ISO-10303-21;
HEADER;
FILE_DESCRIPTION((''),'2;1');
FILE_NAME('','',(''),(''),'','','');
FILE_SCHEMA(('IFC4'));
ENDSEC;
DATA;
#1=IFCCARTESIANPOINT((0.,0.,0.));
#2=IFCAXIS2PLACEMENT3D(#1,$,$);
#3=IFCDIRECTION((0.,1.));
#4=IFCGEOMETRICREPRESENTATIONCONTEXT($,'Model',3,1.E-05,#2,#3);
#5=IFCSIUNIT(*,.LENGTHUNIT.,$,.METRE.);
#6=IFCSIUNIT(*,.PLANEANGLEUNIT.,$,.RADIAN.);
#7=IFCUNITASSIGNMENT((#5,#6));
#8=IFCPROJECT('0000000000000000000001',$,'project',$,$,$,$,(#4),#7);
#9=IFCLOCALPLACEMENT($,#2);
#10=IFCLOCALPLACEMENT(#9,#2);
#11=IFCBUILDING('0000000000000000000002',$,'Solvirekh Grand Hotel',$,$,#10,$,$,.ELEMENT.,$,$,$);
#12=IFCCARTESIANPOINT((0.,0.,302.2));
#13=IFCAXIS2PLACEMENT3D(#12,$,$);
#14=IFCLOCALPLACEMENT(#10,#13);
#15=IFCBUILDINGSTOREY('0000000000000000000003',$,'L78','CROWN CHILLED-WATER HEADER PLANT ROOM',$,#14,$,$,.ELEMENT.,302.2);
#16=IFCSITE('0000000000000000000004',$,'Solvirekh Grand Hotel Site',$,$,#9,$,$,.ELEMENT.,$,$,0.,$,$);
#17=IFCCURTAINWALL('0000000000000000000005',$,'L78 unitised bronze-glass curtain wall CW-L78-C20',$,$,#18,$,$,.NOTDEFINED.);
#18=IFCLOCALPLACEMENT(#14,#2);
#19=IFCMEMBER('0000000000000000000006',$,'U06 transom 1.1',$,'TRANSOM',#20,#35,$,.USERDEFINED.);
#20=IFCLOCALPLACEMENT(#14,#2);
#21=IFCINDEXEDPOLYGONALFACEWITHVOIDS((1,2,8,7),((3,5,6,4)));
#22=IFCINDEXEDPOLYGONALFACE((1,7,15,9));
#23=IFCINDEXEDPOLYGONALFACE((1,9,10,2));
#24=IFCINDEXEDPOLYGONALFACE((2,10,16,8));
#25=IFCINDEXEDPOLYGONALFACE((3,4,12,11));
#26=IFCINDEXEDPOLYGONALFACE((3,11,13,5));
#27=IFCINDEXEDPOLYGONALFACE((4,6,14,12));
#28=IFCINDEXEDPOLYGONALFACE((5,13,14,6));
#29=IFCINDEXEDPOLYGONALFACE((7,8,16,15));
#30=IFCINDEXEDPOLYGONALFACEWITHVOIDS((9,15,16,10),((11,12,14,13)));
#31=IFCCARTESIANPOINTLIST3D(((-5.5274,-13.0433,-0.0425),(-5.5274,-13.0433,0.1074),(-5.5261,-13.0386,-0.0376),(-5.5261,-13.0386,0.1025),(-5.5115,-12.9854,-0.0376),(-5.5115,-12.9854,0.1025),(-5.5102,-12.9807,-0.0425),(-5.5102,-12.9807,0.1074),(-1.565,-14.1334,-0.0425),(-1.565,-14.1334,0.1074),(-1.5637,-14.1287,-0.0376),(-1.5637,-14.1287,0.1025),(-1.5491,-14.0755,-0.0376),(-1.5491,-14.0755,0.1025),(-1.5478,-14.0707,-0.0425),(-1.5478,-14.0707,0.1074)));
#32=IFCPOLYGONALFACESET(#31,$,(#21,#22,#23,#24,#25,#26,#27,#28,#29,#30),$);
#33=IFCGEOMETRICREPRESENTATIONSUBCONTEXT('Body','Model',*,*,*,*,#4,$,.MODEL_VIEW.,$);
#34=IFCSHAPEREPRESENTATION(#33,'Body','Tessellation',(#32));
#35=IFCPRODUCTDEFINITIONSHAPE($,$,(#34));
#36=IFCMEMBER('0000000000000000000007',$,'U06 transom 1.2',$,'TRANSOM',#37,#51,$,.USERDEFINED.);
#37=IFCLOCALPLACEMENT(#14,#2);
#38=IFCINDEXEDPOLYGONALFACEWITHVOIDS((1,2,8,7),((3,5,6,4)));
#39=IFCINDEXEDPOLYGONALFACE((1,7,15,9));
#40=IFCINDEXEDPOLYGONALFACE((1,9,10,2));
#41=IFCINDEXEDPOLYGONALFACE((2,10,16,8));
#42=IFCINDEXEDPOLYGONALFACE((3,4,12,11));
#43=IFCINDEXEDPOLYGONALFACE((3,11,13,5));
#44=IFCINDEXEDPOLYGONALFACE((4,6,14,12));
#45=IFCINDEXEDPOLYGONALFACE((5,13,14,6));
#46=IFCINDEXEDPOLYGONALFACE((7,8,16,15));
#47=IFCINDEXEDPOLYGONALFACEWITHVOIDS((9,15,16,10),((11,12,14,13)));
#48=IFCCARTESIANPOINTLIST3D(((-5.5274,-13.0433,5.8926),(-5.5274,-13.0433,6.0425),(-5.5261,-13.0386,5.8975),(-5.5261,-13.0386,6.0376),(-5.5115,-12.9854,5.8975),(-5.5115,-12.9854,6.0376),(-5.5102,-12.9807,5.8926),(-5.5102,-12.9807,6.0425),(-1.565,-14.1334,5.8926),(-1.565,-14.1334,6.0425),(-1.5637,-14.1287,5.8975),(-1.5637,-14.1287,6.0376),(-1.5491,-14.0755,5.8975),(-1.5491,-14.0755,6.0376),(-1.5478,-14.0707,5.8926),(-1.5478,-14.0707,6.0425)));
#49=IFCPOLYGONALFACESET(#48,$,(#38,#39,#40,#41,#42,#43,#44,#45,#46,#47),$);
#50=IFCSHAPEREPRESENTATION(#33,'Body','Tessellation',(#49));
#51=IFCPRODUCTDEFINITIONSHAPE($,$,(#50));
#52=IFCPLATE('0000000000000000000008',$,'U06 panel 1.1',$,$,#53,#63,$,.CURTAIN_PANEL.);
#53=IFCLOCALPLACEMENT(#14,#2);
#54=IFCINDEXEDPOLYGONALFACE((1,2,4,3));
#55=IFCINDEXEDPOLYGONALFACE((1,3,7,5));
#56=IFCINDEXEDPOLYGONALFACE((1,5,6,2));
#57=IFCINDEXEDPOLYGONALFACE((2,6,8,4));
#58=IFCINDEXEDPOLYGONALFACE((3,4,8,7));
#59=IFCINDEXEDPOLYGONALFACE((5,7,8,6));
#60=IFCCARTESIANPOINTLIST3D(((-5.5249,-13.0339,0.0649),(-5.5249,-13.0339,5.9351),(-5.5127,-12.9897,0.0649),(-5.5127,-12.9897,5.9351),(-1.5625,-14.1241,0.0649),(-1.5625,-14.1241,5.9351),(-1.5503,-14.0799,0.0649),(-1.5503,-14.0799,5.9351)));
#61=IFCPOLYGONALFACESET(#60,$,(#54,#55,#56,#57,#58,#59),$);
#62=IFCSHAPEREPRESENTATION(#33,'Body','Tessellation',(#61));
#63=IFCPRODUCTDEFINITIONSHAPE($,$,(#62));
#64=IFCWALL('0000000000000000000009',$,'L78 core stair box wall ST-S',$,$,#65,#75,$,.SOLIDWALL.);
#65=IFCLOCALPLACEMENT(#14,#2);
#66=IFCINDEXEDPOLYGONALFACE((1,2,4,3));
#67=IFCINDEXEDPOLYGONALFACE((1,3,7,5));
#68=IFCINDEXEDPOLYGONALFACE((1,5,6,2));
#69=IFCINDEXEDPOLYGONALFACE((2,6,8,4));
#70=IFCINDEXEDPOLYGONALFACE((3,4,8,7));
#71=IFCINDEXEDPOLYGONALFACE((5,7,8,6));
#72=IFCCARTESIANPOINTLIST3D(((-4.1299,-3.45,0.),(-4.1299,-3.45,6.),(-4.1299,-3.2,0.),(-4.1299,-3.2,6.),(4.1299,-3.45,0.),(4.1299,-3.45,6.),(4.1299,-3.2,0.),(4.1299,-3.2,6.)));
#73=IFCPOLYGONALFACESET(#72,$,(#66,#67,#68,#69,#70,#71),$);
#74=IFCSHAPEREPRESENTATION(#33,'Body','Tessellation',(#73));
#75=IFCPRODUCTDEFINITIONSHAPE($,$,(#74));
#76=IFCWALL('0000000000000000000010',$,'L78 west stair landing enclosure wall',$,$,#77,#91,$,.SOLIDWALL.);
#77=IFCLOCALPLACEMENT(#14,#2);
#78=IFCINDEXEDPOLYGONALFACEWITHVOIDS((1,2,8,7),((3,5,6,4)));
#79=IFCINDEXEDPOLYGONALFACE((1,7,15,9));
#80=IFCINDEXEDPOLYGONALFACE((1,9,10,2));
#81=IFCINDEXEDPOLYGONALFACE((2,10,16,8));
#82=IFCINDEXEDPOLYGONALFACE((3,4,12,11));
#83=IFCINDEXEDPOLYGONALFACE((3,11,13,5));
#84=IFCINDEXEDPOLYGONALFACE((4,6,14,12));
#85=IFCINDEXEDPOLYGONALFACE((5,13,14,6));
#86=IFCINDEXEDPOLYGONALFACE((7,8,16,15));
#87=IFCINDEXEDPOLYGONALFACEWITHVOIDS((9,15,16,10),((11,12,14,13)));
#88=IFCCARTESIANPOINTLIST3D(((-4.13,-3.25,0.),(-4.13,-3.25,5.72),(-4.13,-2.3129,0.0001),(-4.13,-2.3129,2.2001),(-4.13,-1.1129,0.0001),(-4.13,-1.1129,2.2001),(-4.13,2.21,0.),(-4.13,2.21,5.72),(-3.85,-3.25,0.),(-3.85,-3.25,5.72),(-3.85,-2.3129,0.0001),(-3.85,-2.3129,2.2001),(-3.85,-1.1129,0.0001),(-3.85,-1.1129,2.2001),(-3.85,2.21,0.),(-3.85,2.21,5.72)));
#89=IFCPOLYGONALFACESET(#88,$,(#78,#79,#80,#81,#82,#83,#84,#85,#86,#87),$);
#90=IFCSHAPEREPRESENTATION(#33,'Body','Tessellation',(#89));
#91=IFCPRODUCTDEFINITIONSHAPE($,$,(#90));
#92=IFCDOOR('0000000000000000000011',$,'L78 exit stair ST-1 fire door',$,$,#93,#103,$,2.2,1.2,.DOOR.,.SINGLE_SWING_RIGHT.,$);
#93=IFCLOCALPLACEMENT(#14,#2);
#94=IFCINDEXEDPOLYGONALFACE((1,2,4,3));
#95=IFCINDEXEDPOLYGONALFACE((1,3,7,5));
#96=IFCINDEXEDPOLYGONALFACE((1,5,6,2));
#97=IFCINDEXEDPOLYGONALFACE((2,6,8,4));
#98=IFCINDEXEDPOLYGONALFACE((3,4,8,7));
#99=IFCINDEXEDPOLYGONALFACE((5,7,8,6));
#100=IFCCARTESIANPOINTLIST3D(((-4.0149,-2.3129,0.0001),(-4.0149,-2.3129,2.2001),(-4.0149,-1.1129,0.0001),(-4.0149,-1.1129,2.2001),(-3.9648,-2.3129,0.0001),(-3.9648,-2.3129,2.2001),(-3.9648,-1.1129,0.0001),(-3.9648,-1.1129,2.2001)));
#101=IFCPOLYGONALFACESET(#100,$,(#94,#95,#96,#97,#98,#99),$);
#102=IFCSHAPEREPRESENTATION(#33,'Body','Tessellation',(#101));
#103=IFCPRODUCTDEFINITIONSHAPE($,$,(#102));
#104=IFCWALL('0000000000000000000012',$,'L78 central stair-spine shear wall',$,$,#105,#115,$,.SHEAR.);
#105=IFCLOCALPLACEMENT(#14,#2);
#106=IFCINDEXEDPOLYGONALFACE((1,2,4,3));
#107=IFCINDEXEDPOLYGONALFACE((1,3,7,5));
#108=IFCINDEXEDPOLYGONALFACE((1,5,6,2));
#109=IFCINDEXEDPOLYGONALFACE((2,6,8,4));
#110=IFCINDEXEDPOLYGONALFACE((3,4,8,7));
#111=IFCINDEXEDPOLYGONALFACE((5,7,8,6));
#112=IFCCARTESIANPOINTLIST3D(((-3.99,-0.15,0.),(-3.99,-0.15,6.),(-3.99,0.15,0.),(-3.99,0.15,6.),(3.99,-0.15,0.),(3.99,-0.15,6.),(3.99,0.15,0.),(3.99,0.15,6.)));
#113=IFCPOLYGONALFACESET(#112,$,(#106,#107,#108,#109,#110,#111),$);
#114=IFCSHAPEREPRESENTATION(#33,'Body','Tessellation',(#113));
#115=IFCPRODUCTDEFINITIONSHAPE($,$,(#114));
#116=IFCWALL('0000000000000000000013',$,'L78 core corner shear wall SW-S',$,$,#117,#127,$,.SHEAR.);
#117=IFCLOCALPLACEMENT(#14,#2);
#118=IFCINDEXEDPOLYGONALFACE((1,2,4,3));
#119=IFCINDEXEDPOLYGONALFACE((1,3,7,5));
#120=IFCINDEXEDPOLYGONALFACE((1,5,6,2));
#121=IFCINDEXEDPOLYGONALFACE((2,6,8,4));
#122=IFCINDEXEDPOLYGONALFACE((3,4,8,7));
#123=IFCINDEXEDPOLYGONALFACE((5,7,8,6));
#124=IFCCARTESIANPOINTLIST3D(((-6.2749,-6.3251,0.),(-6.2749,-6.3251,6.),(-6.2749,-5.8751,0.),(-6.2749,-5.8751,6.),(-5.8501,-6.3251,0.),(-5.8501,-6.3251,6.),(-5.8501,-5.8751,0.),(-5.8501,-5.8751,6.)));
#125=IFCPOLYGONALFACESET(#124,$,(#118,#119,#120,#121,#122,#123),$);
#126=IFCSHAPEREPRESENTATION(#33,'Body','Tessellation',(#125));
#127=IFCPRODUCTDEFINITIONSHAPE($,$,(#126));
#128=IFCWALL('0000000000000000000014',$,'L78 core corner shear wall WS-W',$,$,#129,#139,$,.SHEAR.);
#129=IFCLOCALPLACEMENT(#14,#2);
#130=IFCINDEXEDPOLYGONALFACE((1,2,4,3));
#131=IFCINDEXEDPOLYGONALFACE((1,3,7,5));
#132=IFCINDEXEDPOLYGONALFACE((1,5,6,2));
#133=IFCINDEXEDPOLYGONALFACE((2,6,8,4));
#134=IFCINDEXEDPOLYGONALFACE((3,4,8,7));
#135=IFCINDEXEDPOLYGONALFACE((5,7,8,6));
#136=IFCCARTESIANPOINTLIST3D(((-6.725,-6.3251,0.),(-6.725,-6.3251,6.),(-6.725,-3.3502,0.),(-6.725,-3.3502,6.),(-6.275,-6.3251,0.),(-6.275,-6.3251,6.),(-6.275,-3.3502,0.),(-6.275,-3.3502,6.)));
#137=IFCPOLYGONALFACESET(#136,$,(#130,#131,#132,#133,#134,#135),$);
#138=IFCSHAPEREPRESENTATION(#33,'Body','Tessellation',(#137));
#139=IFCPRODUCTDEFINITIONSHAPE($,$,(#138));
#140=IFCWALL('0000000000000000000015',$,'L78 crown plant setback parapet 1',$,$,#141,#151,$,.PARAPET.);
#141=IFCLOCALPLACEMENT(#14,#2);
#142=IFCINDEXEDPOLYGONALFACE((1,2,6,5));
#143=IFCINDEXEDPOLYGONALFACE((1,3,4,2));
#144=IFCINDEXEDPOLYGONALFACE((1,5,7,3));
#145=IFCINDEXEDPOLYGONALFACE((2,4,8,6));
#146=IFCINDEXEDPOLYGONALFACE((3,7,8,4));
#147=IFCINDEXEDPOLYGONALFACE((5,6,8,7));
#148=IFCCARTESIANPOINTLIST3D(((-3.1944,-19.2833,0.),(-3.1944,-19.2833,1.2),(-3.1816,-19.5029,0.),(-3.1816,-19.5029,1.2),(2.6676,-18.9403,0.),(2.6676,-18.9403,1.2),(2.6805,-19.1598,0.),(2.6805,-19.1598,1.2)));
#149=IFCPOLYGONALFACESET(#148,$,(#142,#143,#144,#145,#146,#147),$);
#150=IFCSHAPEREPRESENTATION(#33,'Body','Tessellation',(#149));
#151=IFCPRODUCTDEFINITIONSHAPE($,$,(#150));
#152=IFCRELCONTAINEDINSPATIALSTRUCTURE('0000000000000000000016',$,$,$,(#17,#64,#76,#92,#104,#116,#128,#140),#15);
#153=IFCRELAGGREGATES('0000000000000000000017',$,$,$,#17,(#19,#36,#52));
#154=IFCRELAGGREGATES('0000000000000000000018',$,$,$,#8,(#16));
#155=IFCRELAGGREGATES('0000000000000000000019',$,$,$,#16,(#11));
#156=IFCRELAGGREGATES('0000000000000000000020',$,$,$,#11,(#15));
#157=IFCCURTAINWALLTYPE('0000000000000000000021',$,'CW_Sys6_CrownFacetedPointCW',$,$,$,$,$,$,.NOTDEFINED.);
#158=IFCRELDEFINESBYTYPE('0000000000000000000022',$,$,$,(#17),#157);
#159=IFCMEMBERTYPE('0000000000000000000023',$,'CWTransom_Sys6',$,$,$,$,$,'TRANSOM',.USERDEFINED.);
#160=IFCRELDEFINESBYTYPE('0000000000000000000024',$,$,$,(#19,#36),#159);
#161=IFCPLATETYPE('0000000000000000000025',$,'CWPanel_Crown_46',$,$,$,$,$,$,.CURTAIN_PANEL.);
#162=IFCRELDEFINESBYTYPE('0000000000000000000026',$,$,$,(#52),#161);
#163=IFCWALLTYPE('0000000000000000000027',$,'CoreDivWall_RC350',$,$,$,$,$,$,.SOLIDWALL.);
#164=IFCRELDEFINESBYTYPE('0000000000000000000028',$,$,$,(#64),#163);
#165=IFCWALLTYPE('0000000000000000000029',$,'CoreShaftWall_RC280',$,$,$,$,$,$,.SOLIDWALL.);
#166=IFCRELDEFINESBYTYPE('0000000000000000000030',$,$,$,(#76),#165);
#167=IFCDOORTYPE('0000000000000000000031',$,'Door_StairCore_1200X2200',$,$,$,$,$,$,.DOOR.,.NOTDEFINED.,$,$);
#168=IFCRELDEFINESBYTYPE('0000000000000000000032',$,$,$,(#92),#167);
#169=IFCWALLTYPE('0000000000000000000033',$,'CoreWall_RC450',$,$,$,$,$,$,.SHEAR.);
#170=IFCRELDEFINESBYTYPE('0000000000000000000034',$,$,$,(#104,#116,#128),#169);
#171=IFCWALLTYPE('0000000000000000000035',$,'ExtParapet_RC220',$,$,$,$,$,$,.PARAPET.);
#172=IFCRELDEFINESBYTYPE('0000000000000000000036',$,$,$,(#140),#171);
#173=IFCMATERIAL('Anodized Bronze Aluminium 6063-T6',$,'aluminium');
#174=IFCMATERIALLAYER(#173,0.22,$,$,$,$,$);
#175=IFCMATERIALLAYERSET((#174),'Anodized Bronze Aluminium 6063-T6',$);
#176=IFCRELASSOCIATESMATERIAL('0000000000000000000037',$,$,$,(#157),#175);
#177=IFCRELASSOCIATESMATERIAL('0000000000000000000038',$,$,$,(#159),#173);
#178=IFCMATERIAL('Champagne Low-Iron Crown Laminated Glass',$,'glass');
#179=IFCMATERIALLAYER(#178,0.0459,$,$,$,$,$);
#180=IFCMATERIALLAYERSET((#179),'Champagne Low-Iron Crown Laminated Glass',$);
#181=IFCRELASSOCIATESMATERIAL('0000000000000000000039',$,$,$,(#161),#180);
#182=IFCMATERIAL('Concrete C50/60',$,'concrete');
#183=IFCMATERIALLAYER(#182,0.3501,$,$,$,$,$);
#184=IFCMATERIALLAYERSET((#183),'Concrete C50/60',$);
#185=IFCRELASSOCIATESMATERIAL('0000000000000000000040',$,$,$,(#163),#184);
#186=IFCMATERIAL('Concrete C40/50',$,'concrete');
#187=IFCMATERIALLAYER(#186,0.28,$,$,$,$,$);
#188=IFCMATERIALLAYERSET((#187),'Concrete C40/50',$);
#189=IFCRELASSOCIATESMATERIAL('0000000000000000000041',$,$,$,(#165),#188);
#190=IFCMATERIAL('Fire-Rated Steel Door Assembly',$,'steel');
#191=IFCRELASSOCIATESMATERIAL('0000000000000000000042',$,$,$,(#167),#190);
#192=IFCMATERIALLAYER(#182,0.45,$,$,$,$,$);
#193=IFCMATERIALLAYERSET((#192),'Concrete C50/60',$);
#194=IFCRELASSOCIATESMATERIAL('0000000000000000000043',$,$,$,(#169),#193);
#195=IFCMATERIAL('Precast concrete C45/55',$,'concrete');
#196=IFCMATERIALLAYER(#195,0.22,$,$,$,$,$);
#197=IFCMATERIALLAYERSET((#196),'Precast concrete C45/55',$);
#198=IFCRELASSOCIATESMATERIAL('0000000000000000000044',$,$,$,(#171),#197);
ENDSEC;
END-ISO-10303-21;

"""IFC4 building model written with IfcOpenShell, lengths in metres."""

from ifc_helpers import new_model, si_unit, direction, frame, frame_2d, origin, origin_2d, place, context, subcontext, project, spatial, rectangle, hollow_rectangle, extrude, source, transform, mapped, material, layer, layer_set, material_profile, profile_set, type_object, element, fill, aggregate, save


model = new_model("IFC4")

# Units and contexts
model_context = context("Model", 3, precision=1e-05, world=origin(), true_north=direction((0.0, 1.0)))
body_context = subcontext(model_context, "Body", "Model", "MODEL_VIEW")
ifc_project = project(units=[si_unit("LENGTHUNIT", "METRE"), si_unit("PLANEANGLEUNIT", "RADIAN")], contexts=[model_context])

# Site, building, storey
site_placement = place(None, origin())
site = spatial("IfcSite", under=ifc_project, at=site_placement, Name="Solvirekh Grand Hotel Site", CompositionType="ELEMENT", RefElevation=0.0)
building_placement = place(site_placement, origin())
building = spatial("IfcBuilding", under=site, at=building_placement, Name="Solvirekh Grand Hotel", CompositionType="ELEMENT")
storey_placement = place(building_placement, frame((0.0, 0.0, 302.2)))
storey = spatial("IfcBuildingStorey", under=building, at=storey_placement, Name="L78", Description="CROWN CHILLED-WATER HEADER PLANT ROOM", CompositionType="ELEMENT", Elevation=302.2)

# Shared definitions
ifc_material_1 = material(Name="Concrete C50/60", Category="concrete")

# Shared definitions
ifc_material_2 = material(Name="Anodized Bronze Aluminium 6063-T6", Category="aluminium")
ifc_layer_1 = layer(ifc_material_2, 0.22)
ifc_layer_set_1 = layer_set([ifc_layer_1], Name="Anodized Bronze Aluminium 6063-T6")
curtain_wall_type = type_object("IfcCurtainWallType", Name="CW_Sys6_CrownFacetedPointCW", PredefinedType="NOTDEFINED", material=ifc_layer_set_1)

# Curtain wall
curtain_wall_1_placement = place(storey_placement, origin())
curtain_wall_1 = element("IfcCurtainWall", 1, at=curtain_wall_1_placement, inside=storey, type_object=curtain_wall_type, Name="L78 unitised bronze-glass curtain wall CW-L78-C20", PredefinedType="NOTDEFINED")

# Members
ifc_material_profile_1 = material_profile(ifc_material_2, hollow_rectangle(XDim=0.0649, YDim=0.1499, WallThickness=0.0049, at=origin_2d()), Name="ALU RHS 150X65X5")
ifc_profile_set_1 = profile_set([ifc_material_profile_1], Name="Anodized Bronze Aluminium 6063-T6")
member_type_1 = type_object("IfcMemberType", Name="CWTransom_Sys6", ElementType="TRANSOM", PredefinedType="USERDEFINED", material=ifc_profile_set_1)
shared_shape_1 = source(origin(), body_context, "Body", "SweptSolid", [
    extrude(hollow_rectangle(XDim=0.0649, YDim=0.1499, WallThickness=0.0049, at=origin_2d()), origin(), (0.0, 0.0, 1.0), 4.1096),
])
member_1_placement = place(storey_placement, frame((-5.5188, -13.012, 0.0325), z_axis=(0.964179, -0.265253, 0.0), x_axis=(0.265253, 0.964179, 0.0)))
member_1 = element("IfcMember", 2, at=member_1_placement, type_object=member_type_1, Name="U06 transom 1.1", ObjectType="TRANSOM", PredefinedType="USERDEFINED", context=body_context, shape_type="MappedRepresentation", body=[
    mapped(shared_shape_1, transform((0.0, 0.0, 0.0), x_axis=(1.0, 0.0, 0.0), y_axis=(0.0, 1.0, 0.0), z_axis=(0.0, 0.0, 1.0), scale=1.0)),
])
member_2_placement = place(storey_placement, frame((-5.5188, -13.012, 5.9675), z_axis=(0.964179, -0.265253, 0.0), x_axis=(0.265253, 0.964179, 0.0)))
member_2 = element("IfcMember", 3, at=member_2_placement, type_object=member_type_1, Name="U06 transom 1.2", ObjectType="TRANSOM", PredefinedType="USERDEFINED", context=body_context, shape_type="MappedRepresentation", body=[
    mapped(shared_shape_1, transform((0.0, 0.0, 0.0), x_axis=(1.0, 0.0, 0.0), y_axis=(0.0, 1.0, 0.0), z_axis=(0.0, 0.0, 1.0), scale=1.0)),
])

# Plate
ifc_material_3 = material(Name="Champagne Low-Iron Crown Laminated Glass", Category="glass")
ifc_layer_2 = layer(ifc_material_3, 0.0459)
ifc_layer_set_2 = layer_set([ifc_layer_2], Name="Champagne Low-Iron Crown Laminated Glass")
plate_type = type_object("IfcPlateType", Name="CWPanel_Crown_46", PredefinedType="CURTAIN_PANEL", material=ifc_layer_set_2)
shared_shape_2 = source(origin(), body_context, "Body", "SweptSolid", [
    extrude(rectangle(XDim=4.1096, YDim=0.0459, at=origin_2d()), origin(), (0.0, 0.0, 1.0), 5.8701),
])
plate_placement = place(storey_placement, frame((-3.5376, -13.5569, 0.0649), z_axis=(0.0, 0.0, 1.0), x_axis=(0.964171, -0.265282, 0.0)))
plate = element("IfcPlate", 4, at=plate_placement, type_object=plate_type, Name="U06 panel 1.1", PredefinedType="CURTAIN_PANEL", context=body_context, shape_type="MappedRepresentation", body=[
    mapped(shared_shape_2, transform((0.0, 0.0, 0.0), x_axis=(1.0, 0.0, 0.0), y_axis=(0.0, 1.0, 0.0), z_axis=(0.0, 0.0, 1.0), scale=1.0)),
])
aggregate(curtain_wall_1, [member_1, member_2, plate])

# Wall
ifc_layer_3 = layer(ifc_material_1, 0.3501)
ifc_layer_set_3 = layer_set([ifc_layer_3], Name="Concrete C50/60")
wall_type_1 = type_object("IfcWallType", Name="CoreDivWall_RC350", PredefinedType="SOLIDWALL", material=ifc_layer_set_3)
wall_1_placement = place(storey_placement, frame((-4.1299, -3.325, 0.0), z_axis=(0.0, 0.0, 1.0), x_axis=(1.0, 0.0, 0.0)))
element("IfcWall", 5, at=wall_1_placement, inside=storey, type_object=wall_type_1, Name="L78 core stair box wall ST-S", PredefinedType="SOLIDWALL", context=body_context, shape_type="SweptSolid", body=[
    extrude(rectangle(XDim=8.2598, YDim=0.25, at=frame_2d((4.1299, 0.0))), origin(), (0.0, 0.0, 1.0), 6.0),
])

# Wall, opening, door
ifc_material_4 = material(Name="Concrete C40/50", Category="concrete")
ifc_layer_4 = layer(ifc_material_4, 0.28)
ifc_layer_set_4 = layer_set([ifc_layer_4], Name="Concrete C40/50")
wall_type_2 = type_object("IfcWallType", Name="CoreShaftWall_RC280", PredefinedType="SOLIDWALL", material=ifc_layer_set_4)
wall_2_placement = place(storey_placement, frame((-3.99, -3.25, 0.0), z_axis=(0.0, 0.0, 1.0), x_axis=(0.0, 1.0, 0.0)))
wall_2 = element("IfcWall", 6, at=wall_2_placement, inside=storey, type_object=wall_type_2, Name="L78 west stair landing enclosure wall", PredefinedType="SOLIDWALL", context=body_context, shape_type="SweptSolid", body=[
    extrude(rectangle(XDim=5.46, YDim=0.28, at=frame_2d((2.73, 0.0))), origin(), (0.0, 0.0, 1.0), 5.72),
])
opening_placement = place(wall_2_placement, frame((0.937, 0.0, 0.0)))
opening = element("IfcOpeningElement", 7, at=opening_placement, cuts=wall_2, PredefinedType="OPENING", context=body_context, shape_type="SweptSolid", body=[
    extrude(rectangle(XDim=1.2, YDim=2.2, at=frame_2d((0.6001, 1.1001))), frame((0.0, 0.1499, 0.0), z_axis=(0.0, -1.0, 0.0), x_axis=(1.0, 0.0, 0.0)), (0.0, 0.0, 1.0), 0.3),
])
ifc_material_5 = material(Name="Fire-Rated Steel Door Assembly", Category="steel")
door_type = type_object("IfcDoorType", Name="Door_StairCore_1200X2200", OperationType="NOTDEFINED", PredefinedType="DOOR", material=ifc_material_5)
door_placement = place(opening_placement, origin())
door = element("IfcDoor", 8, at=door_placement, inside=storey, type_object=door_type, Name="L78 exit stair ST-1 fire door", OperationType="SINGLE_SWING_RIGHT", OverallHeight=2.2, OverallWidth=1.2, PredefinedType="DOOR", context=body_context, shape_type="SweptSolid", body=[
    extrude(rectangle(XDim=1.2, YDim=2.2, at=frame_2d((0.6001, 1.1001))), frame((0.0, 0.0249, 0.0), z_axis=(0.0, -1.0, 0.0), x_axis=(1.0, 0.0, 0.0)), (0.0, 0.0, 1.0), 0.05),
])
fill(opening, door)

# Walls
ifc_layer_5 = layer(ifc_material_1, 0.45)
ifc_layer_set_5 = layer_set([ifc_layer_5], Name="Concrete C50/60")
wall_type_3 = type_object("IfcWallType", Name="CoreWall_RC450", PredefinedType="SHEAR", material=ifc_layer_set_5)
wall_3_placement = place(storey_placement, frame((-3.99, 0.0, 0.0), z_axis=(0.0, 0.0, 1.0), x_axis=(1.0, 0.0, 0.0)))
element("IfcWall", 9, at=wall_3_placement, inside=storey, type_object=wall_type_3, Name="L78 central stair-spine shear wall", PredefinedType="SHEAR", context=body_context, shape_type="SweptSolid", body=[
    extrude(rectangle(XDim=7.98, YDim=0.3, at=frame_2d((3.99, 0.0))), origin(), (0.0, 0.0, 1.0), 6.0),
])
wall_4_placement = place(storey_placement, frame((-6.2749, -6.1001, 0.0), z_axis=(0.0, 0.0, 1.0), x_axis=(1.0, 0.0, 0.0)))
element("IfcWall", 10, at=wall_4_placement, inside=storey, type_object=wall_type_3, Name="L78 core corner shear wall SW-S", PredefinedType="SHEAR", context=body_context, shape_type="SweptSolid", body=[
    extrude(rectangle(XDim=0.4248, YDim=0.45, at=frame_2d((0.2124, 0.0))), origin(), (0.0, 0.0, 1.0), 6.0),
])
wall_5_placement = place(storey_placement, frame((-6.5, -6.325, 0.0), z_axis=(0.0, 0.0, 1.0), x_axis=(0.0, 1.0, 0.0)))
element("IfcWall", 11, at=wall_5_placement, inside=storey, type_object=wall_type_3, Name="L78 core corner shear wall WS-W", PredefinedType="SHEAR", context=body_context, shape_type="SweptSolid", body=[
    extrude(rectangle(XDim=2.9749, YDim=0.45, at=frame_2d((1.4873, 0.0))), origin(), (0.0, 0.0, 1.0), 6.0),
])
ifc_material_6 = material(Name="Precast concrete C45/55", Category="concrete")
ifc_layer_6 = layer(ifc_material_6, 0.22)
ifc_layer_set_6 = layer_set([ifc_layer_6], Name="Precast concrete C45/55")
wall_type_4 = type_object("IfcWallType", Name="ExtParapet_RC220", PredefinedType="PARAPET", material=ifc_layer_set_6)
wall_6_placement = place(storey_placement, frame((-3.188, -19.3931, 0.0), z_axis=(0.0, 0.0, 1.0), x_axis=(0.998292, 0.058415, 0.0)))
element("IfcWall", 12, at=wall_6_placement, inside=storey, type_object=wall_type_4, Name="L78 crown plant setback parapet 1", PredefinedType="PARAPET", context=body_context, shape_type="SweptSolid", body=[
    extrude(rectangle(XDim=5.8721, YDim=0.22, at=frame_2d((2.936, 0.0))), origin(), (0.0, 0.0, 1.0), 1.2),
])

save(model, "model.ifc")
